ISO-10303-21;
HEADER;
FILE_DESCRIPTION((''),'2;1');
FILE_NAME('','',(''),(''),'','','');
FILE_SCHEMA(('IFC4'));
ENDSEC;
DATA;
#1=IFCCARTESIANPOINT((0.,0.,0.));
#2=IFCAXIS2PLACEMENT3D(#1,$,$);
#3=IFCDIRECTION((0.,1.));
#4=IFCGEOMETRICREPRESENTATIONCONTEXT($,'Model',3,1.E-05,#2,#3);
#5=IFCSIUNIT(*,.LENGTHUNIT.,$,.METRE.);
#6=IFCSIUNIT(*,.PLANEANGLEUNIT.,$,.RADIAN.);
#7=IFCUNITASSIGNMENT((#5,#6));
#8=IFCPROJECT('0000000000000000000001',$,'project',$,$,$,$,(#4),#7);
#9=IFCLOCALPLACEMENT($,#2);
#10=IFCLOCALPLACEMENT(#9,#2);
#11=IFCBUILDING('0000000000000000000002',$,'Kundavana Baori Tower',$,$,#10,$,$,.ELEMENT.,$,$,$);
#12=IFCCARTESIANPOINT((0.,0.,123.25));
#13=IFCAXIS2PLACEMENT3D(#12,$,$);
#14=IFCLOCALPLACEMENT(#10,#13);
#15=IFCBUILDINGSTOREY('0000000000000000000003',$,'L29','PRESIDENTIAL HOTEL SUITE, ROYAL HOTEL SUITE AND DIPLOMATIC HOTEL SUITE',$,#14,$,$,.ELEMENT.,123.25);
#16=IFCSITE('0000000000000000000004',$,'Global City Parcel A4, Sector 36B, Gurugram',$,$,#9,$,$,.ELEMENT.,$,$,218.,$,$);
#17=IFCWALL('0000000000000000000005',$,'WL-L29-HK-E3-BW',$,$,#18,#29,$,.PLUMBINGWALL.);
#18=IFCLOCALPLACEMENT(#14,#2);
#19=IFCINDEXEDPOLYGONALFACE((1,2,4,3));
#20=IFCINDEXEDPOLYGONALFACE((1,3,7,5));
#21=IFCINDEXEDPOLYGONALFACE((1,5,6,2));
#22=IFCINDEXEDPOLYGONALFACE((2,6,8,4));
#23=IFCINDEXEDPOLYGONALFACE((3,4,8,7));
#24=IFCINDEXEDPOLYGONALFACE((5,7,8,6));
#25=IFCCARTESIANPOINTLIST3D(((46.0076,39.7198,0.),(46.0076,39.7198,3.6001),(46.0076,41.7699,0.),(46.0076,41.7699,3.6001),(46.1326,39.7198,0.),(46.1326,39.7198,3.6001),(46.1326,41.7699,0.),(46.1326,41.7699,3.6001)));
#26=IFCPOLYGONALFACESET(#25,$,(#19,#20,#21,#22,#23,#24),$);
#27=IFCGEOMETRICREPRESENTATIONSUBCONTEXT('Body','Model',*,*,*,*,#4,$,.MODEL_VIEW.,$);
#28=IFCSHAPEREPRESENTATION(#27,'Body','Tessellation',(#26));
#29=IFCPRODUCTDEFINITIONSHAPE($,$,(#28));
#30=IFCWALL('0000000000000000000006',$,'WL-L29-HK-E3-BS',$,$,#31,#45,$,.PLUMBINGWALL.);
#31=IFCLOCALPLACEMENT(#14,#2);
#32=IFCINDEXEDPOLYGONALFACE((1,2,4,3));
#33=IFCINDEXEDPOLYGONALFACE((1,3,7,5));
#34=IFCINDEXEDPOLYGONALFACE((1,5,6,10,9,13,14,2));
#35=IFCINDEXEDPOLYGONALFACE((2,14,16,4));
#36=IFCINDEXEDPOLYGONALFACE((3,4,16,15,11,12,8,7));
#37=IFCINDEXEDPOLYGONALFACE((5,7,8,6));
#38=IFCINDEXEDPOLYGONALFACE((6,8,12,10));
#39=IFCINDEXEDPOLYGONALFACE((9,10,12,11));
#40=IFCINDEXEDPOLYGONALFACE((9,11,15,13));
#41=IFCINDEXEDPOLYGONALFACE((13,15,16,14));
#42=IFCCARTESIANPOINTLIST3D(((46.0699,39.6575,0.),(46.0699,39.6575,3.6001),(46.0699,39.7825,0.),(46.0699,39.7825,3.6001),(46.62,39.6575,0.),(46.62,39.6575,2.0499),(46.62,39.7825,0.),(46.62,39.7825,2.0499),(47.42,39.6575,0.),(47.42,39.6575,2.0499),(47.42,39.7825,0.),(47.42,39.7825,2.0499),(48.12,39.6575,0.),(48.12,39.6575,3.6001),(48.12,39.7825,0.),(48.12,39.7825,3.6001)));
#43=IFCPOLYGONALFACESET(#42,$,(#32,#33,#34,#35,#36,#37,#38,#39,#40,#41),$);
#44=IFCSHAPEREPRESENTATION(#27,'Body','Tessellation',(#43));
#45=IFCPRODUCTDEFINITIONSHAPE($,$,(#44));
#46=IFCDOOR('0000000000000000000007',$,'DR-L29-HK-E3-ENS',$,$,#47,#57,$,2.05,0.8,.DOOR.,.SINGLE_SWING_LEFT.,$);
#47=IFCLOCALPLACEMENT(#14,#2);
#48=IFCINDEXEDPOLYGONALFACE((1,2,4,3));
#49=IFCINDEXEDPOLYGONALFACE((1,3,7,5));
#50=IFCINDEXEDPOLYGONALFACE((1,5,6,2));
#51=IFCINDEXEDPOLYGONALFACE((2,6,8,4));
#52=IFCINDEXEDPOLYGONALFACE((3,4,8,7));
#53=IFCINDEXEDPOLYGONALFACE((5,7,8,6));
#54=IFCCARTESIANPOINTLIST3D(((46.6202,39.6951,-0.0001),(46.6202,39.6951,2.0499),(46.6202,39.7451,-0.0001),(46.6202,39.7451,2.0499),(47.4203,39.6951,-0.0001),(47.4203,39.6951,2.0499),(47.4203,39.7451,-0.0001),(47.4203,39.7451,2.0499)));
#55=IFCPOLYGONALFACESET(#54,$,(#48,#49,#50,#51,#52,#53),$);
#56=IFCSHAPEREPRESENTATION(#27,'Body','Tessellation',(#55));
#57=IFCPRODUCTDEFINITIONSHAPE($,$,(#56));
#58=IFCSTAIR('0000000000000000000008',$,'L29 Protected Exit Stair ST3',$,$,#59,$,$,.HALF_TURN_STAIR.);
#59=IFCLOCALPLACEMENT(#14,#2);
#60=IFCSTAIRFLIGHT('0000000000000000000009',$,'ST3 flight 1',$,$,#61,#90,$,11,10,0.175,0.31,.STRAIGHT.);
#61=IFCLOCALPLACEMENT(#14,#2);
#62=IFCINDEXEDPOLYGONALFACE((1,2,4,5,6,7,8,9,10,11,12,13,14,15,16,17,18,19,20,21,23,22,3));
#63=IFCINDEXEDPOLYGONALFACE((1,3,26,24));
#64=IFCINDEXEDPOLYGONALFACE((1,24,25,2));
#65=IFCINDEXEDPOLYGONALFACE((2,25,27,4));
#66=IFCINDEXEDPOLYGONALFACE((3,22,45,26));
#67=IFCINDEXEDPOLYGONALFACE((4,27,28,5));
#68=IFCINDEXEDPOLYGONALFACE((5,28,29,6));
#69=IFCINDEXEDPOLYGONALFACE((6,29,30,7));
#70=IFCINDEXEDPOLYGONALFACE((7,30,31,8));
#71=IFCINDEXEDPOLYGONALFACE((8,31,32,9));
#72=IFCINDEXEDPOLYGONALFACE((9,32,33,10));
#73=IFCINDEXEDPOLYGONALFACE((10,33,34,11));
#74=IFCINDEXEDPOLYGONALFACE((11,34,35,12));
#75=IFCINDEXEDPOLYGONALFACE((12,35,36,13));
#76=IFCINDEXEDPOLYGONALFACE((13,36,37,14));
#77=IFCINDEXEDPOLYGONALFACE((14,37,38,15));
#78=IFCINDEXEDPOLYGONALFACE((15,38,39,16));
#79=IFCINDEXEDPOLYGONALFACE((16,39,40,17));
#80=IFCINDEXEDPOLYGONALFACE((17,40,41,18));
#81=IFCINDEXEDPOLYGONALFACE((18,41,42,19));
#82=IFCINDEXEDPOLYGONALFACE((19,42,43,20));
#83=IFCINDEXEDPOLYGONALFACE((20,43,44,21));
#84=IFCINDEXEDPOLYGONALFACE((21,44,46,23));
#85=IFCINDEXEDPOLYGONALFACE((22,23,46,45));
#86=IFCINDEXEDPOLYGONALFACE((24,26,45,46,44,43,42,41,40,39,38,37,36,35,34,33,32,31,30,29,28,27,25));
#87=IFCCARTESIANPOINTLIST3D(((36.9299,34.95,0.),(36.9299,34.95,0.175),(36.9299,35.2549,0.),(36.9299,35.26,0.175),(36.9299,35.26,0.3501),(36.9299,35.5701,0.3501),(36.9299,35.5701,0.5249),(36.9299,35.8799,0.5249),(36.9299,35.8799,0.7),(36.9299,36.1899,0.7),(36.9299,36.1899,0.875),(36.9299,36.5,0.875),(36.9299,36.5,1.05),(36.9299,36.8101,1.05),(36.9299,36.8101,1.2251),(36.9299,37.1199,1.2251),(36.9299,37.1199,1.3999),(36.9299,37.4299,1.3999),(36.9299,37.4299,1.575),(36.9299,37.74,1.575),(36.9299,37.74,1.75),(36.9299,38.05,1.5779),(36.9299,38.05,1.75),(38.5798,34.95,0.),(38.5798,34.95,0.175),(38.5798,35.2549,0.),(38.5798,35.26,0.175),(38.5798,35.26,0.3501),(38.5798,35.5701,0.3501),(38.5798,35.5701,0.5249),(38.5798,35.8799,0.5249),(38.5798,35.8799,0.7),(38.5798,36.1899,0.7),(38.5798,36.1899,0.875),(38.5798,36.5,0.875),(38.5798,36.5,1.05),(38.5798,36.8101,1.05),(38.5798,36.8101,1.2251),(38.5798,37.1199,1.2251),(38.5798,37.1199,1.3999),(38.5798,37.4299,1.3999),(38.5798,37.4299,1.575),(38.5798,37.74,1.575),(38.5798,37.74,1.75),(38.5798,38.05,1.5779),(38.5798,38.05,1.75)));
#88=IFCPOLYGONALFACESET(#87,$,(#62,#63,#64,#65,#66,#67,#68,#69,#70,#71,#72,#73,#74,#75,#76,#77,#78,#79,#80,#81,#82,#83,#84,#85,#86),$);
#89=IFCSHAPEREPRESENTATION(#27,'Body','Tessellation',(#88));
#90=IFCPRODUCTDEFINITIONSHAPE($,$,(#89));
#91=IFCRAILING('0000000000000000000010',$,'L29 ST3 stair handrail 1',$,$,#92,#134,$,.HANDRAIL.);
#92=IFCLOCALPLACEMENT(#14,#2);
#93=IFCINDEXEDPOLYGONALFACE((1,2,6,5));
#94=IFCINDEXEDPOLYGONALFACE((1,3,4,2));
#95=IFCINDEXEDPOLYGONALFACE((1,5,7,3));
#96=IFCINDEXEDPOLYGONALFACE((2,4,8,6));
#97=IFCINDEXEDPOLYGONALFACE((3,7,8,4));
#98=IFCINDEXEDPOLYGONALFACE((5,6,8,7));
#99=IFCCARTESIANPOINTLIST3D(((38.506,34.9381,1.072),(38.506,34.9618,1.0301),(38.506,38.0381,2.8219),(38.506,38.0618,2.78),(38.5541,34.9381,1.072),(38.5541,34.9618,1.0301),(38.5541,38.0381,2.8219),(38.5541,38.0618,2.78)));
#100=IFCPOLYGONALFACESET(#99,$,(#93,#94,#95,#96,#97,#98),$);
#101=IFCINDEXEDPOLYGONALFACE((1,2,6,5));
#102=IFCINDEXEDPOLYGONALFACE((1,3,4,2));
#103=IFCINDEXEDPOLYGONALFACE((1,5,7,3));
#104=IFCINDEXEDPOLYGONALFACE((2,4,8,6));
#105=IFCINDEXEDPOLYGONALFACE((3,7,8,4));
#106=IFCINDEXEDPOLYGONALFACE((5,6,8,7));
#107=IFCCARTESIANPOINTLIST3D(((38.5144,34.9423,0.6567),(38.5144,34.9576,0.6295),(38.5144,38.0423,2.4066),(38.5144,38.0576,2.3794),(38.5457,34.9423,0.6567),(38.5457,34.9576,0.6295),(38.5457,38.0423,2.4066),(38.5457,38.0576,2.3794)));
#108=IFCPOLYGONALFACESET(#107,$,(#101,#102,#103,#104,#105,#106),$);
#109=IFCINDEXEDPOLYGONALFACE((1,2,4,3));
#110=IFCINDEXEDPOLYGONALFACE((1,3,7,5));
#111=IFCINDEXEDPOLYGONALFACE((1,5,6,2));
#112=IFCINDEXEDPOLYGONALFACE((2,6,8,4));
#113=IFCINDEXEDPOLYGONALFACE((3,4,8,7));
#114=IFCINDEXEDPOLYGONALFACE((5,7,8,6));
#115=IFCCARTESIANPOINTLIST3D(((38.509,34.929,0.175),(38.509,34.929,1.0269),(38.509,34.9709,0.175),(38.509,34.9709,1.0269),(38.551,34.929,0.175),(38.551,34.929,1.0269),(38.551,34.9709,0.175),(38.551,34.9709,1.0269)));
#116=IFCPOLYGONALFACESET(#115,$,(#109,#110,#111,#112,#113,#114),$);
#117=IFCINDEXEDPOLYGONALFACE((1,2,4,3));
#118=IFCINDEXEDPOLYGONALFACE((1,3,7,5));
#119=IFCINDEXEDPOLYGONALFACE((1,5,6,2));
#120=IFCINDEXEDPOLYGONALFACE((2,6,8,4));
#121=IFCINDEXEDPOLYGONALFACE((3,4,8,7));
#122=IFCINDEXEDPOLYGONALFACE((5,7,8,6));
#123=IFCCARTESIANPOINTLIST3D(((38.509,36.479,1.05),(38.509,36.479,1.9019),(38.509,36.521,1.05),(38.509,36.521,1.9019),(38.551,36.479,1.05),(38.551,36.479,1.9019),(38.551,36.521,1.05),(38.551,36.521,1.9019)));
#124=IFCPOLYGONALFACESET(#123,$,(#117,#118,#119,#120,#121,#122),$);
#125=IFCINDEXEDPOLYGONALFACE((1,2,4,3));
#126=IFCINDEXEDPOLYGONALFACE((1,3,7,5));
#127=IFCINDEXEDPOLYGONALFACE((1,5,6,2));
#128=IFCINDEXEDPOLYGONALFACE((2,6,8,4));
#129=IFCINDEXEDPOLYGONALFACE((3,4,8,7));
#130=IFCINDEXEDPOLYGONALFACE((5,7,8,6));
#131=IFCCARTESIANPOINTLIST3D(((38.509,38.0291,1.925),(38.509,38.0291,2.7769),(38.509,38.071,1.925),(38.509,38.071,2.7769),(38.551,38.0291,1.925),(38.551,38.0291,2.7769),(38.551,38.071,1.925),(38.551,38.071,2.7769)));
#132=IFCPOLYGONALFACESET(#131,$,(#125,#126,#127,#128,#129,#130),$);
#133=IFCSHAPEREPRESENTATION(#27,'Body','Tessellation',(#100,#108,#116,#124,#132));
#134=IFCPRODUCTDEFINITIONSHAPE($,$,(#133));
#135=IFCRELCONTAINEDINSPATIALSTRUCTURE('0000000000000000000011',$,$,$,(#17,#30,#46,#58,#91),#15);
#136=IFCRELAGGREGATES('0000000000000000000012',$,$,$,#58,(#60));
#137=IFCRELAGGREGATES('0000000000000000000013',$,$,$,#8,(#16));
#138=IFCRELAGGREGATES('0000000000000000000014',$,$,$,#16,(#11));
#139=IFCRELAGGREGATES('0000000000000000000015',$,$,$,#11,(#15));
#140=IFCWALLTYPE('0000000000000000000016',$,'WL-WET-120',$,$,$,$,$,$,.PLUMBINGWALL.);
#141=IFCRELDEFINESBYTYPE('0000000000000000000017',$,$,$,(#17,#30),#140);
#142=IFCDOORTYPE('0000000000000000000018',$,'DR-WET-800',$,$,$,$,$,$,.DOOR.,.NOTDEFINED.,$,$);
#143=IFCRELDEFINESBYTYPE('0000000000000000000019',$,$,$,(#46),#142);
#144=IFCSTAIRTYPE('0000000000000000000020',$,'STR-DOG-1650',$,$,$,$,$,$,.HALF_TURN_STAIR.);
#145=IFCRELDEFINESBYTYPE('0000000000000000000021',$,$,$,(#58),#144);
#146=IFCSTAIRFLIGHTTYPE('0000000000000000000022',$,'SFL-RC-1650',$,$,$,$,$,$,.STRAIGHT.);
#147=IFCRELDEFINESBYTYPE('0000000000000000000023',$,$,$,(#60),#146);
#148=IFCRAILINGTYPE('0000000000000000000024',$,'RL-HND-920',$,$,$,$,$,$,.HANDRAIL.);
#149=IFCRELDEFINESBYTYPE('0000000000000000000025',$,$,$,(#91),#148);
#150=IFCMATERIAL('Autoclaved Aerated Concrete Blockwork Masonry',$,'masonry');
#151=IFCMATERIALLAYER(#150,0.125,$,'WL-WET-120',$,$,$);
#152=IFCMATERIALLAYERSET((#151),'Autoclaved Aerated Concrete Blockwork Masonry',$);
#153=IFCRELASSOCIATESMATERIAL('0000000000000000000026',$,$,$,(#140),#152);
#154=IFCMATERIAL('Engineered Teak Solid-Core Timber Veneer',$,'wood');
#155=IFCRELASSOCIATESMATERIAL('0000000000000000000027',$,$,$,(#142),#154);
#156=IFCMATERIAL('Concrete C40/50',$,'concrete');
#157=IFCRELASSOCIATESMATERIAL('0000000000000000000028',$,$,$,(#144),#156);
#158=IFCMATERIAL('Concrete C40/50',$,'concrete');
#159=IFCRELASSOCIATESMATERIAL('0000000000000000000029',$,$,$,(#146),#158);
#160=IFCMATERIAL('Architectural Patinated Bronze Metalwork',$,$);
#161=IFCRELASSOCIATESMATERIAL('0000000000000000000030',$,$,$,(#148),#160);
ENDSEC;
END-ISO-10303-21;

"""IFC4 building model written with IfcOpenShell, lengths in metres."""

from ifc_helpers import new_model, si_unit, direction, frame, frame_2d, origin, origin_2d, place, context, subcontext, project, spatial, polyline, rectangle, outline, extrude, material, layer, layer_set, type_object, element, fill, aggregate, save


model = new_model("IFC4")

# Units and contexts
model_context = context("Model", 3, precision=1e-05, world=origin(), true_north=direction((0.0, 1.0)))
body_context = subcontext(model_context, "Body", "Model", "MODEL_VIEW")
ifc_project = project(units=[si_unit("LENGTHUNIT", "METRE"), si_unit("PLANEANGLEUNIT", "RADIAN")], contexts=[model_context])

# Site, building, storey
site_placement = place(None, origin())
site = spatial("IfcSite", under=ifc_project, at=site_placement, Name="Global City Parcel A4, Sector 36B, Gurugram", CompositionType="ELEMENT", RefElevation=218.0)
building_placement = place(site_placement, origin())
building = spatial("IfcBuilding", under=site, at=building_placement, Name="Kundavana Baori Tower", CompositionType="ELEMENT")
storey_placement = place(building_placement, frame((0.0, 0.0, 123.25)))
storey = spatial("IfcBuildingStorey", under=building, at=storey_placement, Name="L29", Description="PRESIDENTIAL HOTEL SUITE, ROYAL HOTEL SUITE AND DIPLOMATIC HOTEL SUITE", CompositionType="ELEMENT", Elevation=123.25)

# Wall
ifc_material_1 = material(Name="Autoclaved Aerated Concrete Blockwork Masonry", Category="masonry")
ifc_layer_1 = layer(ifc_material_1, 0.125, Name="WL-WET-120")
ifc_layer_set_1 = layer_set([ifc_layer_1], Name="Autoclaved Aerated Concrete Blockwork Masonry")
wall_type_1 = type_object("IfcWallType", Name="WL-WET-120", PredefinedType="PLUMBINGWALL", material=ifc_layer_set_1)
wall_1_placement = place(storey_placement, frame((46.0701, 39.72, 0.0), z_axis=(0.0, 0.0, 1.0), x_axis=(0.0, 1.0, 0.0)))
element("IfcWall", 1, at=wall_1_placement, inside=storey, type_object=wall_type_1, Name="WL-L29-HK-E3-BW", PredefinedType="PLUMBINGWALL", context=body_context, shape_type="SweptSolid", body=[
    extrude(rectangle(XDim=2.05, YDim=0.125, at=frame_2d((1.0249, 0.0))), origin(), (0.0, 0.0, 1.0), 3.6001),
])

# Wall, opening, door
wall_2_placement = place(storey_placement, frame((46.0701, 39.72, 0.0), z_axis=(0.0, 0.0, 1.0), x_axis=(1.0, 0.0, 0.0)))
wall_2 = element("IfcWall", 2, at=wall_2_placement, inside=storey, type_object=wall_type_1, Name="WL-L29-HK-E3-BS", PredefinedType="PLUMBINGWALL", context=body_context, shape_type="SweptSolid", body=[
    extrude(rectangle(XDim=2.05, YDim=0.125, at=frame_2d((1.0249, 0.0))), origin(), (0.0, 0.0, 1.0), 3.6001),
])
opening_1_placement = place(wall_2_placement, frame((0.55, 0.0, 0.0)))
opening_1 = element("IfcOpeningElement", 3, at=opening_1_placement, cuts=wall_2, PredefinedType="OPENING", context=body_context, shape_type="SweptSolid", body=[
    extrude(rectangle(XDim=0.8, YDim=2.05, at=frame_2d((0.3999, 1.0249))), frame((0.0, 0.0725, 0.0), z_axis=(0.0, -1.0, 0.0), x_axis=(1.0, 0.0, 0.0)), (0.0, 0.0, 1.0), 0.145),
])
ifc_material_2 = material(Name="Engineered Teak Solid-Core Timber Veneer", Category="wood")
door_type_1 = type_object("IfcDoorType", Name="DR-WET-800", OperationType="NOTDEFINED", PredefinedType="DOOR", material=ifc_material_2)
door_1_placement = place(opening_1_placement, frame((0.8, 0.0, 0.0), z_axis=(0.0, 0.0, 1.0), x_axis=(-1.0, 0.0, 0.0)))
door_1 = element("IfcDoor", 4, at=door_1_placement, inside=storey, type_object=door_type_1, Name="DR-L29-HK-E3-ENS", OperationType="SINGLE_SWING_LEFT", OverallHeight=2.05, OverallWidth=0.8, PredefinedType="DOOR", context=body_context, shape_type="SweptSolid", body=[
    extrude(rectangle(XDim=0.8, YDim=2.05, at=frame_2d((0.3999, 1.0249))), frame((0.0, 0.0249, 0.0), z_axis=(0.0, -1.0, 0.0), x_axis=(1.0, 0.0, 0.0)), (0.0, 0.0, 1.0), 0.05),
])
fill(opening_1, door_1)

# Stair, stair flight
ifc_material_3 = material(Name="Concrete C40/50", Category="concrete")
stair_type = type_object("IfcStairType", Name="STR-DOG-1650", PredefinedType="HALF_TURN_STAIR", material=ifc_material_3)
stair_placement = place(storey_placement, origin())
stair = element("IfcStair", 5, at=stair_placement, inside=storey, type_object=stair_type, Name="L29 Protected Exit Stair ST3", PredefinedType="HALF_TURN_STAIR")
ifc_material_4 = material(Name="Concrete C40/50", Category="concrete")
stair_flight_type = type_object("IfcStairFlightType", Name="SFL-RC-1650", PredefinedType="STRAIGHT", material=ifc_material_4)
stair_flight_placement = place(storey_placement, frame((37.7549, 34.95, 0.0), z_axis=(0.0, 0.0, 1.0), x_axis=(0.0, 1.0, 0.0)))
stair_flight = element("IfcStairFlight", 6, at=stair_flight_placement, type_object=stair_flight_type, Name="ST3 flight 1", NumberOfRisers=11, NumberOfTreads=10, PredefinedType="STRAIGHT", RiserHeight=0.175, TreadLength=0.31, context=body_context, shape_type="SweptSolid", body=[
    extrude(outline(polyline([(0.0, 0.0), (0.0, 0.175), (0.3101, 0.175), (0.3101, 0.3501), (0.6201, 0.3501), (0.6201, 0.5249), (0.9299, 0.5249), (0.9299, 0.7), (1.24, 0.7), (1.24, 0.875), (1.55, 0.875), (1.55, 1.05), (1.8601, 1.05), (1.8601, 1.2251), (2.1699, 1.2251), (2.1699, 1.3999), (2.48, 1.3999), (2.48, 1.575), (2.79, 1.575), (2.79, 1.75), (3.1001, 1.75), (3.1001, 1.925), (3.1001, 1.5779), (0.3049, 0.0), (0.0, 0.0)])), frame((0.0, 0.825, 0.0), z_axis=(0.0, -1.0, 0.0), x_axis=(1.0, 0.0, 0.0)), (0.0, 0.0, 1.0), 1.6499),
])
aggregate(stair, [stair_flight])

# Railing
ifc_material_5 = material(Name="Architectural Patinated Bronze Metalwork")
railing_type_1 = type_object("IfcRailingType", Name="RL-HND-920", PredefinedType="HANDRAIL", material=ifc_material_5)
railing_1_placement = place(storey_placement, frame((38.53, 34.95, 0.175)))
element("IfcRailing", 7, at=railing_1_placement, inside=storey, type_object=railing_type_1, Name="L29 ST3 stair handrail 1", PredefinedType="HANDRAIL", context=body_context, shape_type="SweptSolid", body=[
    extrude(rectangle(XDim=0.0481, YDim=0.0481, at=origin_2d()), frame((0.0, 0.0, 0.876), z_axis=(0.0, 0.870831, 0.491583), x_axis=(-1.0, 0.0, 0.0)), (0.0, 0.0, 1.0), 3.5598),
    extrude(rectangle(XDim=0.0312, YDim=0.0312, at=origin_2d()), frame((0.0, 0.0, 0.468), z_axis=(0.0, 0.870831, 0.491583), x_axis=(-1.0, 0.0, 0.0)), (0.0, 0.0, 1.0), 3.5598),
    extrude(rectangle(XDim=0.042, YDim=0.042, at=origin_2d()), origin(), (0.0, 0.0, 1.0), 0.8518),
    extrude(rectangle(XDim=0.042, YDim=0.042, at=origin_2d()), frame((0.0, 1.55, 0.875)), (0.0, 0.0, 1.0), 0.8518),
    extrude(rectangle(XDim=0.042, YDim=0.042, at=origin_2d()), frame((0.0, 3.1001, 1.75)), (0.0, 0.0, 1.0), 0.8518),
])

save(model, "model.ifc")
